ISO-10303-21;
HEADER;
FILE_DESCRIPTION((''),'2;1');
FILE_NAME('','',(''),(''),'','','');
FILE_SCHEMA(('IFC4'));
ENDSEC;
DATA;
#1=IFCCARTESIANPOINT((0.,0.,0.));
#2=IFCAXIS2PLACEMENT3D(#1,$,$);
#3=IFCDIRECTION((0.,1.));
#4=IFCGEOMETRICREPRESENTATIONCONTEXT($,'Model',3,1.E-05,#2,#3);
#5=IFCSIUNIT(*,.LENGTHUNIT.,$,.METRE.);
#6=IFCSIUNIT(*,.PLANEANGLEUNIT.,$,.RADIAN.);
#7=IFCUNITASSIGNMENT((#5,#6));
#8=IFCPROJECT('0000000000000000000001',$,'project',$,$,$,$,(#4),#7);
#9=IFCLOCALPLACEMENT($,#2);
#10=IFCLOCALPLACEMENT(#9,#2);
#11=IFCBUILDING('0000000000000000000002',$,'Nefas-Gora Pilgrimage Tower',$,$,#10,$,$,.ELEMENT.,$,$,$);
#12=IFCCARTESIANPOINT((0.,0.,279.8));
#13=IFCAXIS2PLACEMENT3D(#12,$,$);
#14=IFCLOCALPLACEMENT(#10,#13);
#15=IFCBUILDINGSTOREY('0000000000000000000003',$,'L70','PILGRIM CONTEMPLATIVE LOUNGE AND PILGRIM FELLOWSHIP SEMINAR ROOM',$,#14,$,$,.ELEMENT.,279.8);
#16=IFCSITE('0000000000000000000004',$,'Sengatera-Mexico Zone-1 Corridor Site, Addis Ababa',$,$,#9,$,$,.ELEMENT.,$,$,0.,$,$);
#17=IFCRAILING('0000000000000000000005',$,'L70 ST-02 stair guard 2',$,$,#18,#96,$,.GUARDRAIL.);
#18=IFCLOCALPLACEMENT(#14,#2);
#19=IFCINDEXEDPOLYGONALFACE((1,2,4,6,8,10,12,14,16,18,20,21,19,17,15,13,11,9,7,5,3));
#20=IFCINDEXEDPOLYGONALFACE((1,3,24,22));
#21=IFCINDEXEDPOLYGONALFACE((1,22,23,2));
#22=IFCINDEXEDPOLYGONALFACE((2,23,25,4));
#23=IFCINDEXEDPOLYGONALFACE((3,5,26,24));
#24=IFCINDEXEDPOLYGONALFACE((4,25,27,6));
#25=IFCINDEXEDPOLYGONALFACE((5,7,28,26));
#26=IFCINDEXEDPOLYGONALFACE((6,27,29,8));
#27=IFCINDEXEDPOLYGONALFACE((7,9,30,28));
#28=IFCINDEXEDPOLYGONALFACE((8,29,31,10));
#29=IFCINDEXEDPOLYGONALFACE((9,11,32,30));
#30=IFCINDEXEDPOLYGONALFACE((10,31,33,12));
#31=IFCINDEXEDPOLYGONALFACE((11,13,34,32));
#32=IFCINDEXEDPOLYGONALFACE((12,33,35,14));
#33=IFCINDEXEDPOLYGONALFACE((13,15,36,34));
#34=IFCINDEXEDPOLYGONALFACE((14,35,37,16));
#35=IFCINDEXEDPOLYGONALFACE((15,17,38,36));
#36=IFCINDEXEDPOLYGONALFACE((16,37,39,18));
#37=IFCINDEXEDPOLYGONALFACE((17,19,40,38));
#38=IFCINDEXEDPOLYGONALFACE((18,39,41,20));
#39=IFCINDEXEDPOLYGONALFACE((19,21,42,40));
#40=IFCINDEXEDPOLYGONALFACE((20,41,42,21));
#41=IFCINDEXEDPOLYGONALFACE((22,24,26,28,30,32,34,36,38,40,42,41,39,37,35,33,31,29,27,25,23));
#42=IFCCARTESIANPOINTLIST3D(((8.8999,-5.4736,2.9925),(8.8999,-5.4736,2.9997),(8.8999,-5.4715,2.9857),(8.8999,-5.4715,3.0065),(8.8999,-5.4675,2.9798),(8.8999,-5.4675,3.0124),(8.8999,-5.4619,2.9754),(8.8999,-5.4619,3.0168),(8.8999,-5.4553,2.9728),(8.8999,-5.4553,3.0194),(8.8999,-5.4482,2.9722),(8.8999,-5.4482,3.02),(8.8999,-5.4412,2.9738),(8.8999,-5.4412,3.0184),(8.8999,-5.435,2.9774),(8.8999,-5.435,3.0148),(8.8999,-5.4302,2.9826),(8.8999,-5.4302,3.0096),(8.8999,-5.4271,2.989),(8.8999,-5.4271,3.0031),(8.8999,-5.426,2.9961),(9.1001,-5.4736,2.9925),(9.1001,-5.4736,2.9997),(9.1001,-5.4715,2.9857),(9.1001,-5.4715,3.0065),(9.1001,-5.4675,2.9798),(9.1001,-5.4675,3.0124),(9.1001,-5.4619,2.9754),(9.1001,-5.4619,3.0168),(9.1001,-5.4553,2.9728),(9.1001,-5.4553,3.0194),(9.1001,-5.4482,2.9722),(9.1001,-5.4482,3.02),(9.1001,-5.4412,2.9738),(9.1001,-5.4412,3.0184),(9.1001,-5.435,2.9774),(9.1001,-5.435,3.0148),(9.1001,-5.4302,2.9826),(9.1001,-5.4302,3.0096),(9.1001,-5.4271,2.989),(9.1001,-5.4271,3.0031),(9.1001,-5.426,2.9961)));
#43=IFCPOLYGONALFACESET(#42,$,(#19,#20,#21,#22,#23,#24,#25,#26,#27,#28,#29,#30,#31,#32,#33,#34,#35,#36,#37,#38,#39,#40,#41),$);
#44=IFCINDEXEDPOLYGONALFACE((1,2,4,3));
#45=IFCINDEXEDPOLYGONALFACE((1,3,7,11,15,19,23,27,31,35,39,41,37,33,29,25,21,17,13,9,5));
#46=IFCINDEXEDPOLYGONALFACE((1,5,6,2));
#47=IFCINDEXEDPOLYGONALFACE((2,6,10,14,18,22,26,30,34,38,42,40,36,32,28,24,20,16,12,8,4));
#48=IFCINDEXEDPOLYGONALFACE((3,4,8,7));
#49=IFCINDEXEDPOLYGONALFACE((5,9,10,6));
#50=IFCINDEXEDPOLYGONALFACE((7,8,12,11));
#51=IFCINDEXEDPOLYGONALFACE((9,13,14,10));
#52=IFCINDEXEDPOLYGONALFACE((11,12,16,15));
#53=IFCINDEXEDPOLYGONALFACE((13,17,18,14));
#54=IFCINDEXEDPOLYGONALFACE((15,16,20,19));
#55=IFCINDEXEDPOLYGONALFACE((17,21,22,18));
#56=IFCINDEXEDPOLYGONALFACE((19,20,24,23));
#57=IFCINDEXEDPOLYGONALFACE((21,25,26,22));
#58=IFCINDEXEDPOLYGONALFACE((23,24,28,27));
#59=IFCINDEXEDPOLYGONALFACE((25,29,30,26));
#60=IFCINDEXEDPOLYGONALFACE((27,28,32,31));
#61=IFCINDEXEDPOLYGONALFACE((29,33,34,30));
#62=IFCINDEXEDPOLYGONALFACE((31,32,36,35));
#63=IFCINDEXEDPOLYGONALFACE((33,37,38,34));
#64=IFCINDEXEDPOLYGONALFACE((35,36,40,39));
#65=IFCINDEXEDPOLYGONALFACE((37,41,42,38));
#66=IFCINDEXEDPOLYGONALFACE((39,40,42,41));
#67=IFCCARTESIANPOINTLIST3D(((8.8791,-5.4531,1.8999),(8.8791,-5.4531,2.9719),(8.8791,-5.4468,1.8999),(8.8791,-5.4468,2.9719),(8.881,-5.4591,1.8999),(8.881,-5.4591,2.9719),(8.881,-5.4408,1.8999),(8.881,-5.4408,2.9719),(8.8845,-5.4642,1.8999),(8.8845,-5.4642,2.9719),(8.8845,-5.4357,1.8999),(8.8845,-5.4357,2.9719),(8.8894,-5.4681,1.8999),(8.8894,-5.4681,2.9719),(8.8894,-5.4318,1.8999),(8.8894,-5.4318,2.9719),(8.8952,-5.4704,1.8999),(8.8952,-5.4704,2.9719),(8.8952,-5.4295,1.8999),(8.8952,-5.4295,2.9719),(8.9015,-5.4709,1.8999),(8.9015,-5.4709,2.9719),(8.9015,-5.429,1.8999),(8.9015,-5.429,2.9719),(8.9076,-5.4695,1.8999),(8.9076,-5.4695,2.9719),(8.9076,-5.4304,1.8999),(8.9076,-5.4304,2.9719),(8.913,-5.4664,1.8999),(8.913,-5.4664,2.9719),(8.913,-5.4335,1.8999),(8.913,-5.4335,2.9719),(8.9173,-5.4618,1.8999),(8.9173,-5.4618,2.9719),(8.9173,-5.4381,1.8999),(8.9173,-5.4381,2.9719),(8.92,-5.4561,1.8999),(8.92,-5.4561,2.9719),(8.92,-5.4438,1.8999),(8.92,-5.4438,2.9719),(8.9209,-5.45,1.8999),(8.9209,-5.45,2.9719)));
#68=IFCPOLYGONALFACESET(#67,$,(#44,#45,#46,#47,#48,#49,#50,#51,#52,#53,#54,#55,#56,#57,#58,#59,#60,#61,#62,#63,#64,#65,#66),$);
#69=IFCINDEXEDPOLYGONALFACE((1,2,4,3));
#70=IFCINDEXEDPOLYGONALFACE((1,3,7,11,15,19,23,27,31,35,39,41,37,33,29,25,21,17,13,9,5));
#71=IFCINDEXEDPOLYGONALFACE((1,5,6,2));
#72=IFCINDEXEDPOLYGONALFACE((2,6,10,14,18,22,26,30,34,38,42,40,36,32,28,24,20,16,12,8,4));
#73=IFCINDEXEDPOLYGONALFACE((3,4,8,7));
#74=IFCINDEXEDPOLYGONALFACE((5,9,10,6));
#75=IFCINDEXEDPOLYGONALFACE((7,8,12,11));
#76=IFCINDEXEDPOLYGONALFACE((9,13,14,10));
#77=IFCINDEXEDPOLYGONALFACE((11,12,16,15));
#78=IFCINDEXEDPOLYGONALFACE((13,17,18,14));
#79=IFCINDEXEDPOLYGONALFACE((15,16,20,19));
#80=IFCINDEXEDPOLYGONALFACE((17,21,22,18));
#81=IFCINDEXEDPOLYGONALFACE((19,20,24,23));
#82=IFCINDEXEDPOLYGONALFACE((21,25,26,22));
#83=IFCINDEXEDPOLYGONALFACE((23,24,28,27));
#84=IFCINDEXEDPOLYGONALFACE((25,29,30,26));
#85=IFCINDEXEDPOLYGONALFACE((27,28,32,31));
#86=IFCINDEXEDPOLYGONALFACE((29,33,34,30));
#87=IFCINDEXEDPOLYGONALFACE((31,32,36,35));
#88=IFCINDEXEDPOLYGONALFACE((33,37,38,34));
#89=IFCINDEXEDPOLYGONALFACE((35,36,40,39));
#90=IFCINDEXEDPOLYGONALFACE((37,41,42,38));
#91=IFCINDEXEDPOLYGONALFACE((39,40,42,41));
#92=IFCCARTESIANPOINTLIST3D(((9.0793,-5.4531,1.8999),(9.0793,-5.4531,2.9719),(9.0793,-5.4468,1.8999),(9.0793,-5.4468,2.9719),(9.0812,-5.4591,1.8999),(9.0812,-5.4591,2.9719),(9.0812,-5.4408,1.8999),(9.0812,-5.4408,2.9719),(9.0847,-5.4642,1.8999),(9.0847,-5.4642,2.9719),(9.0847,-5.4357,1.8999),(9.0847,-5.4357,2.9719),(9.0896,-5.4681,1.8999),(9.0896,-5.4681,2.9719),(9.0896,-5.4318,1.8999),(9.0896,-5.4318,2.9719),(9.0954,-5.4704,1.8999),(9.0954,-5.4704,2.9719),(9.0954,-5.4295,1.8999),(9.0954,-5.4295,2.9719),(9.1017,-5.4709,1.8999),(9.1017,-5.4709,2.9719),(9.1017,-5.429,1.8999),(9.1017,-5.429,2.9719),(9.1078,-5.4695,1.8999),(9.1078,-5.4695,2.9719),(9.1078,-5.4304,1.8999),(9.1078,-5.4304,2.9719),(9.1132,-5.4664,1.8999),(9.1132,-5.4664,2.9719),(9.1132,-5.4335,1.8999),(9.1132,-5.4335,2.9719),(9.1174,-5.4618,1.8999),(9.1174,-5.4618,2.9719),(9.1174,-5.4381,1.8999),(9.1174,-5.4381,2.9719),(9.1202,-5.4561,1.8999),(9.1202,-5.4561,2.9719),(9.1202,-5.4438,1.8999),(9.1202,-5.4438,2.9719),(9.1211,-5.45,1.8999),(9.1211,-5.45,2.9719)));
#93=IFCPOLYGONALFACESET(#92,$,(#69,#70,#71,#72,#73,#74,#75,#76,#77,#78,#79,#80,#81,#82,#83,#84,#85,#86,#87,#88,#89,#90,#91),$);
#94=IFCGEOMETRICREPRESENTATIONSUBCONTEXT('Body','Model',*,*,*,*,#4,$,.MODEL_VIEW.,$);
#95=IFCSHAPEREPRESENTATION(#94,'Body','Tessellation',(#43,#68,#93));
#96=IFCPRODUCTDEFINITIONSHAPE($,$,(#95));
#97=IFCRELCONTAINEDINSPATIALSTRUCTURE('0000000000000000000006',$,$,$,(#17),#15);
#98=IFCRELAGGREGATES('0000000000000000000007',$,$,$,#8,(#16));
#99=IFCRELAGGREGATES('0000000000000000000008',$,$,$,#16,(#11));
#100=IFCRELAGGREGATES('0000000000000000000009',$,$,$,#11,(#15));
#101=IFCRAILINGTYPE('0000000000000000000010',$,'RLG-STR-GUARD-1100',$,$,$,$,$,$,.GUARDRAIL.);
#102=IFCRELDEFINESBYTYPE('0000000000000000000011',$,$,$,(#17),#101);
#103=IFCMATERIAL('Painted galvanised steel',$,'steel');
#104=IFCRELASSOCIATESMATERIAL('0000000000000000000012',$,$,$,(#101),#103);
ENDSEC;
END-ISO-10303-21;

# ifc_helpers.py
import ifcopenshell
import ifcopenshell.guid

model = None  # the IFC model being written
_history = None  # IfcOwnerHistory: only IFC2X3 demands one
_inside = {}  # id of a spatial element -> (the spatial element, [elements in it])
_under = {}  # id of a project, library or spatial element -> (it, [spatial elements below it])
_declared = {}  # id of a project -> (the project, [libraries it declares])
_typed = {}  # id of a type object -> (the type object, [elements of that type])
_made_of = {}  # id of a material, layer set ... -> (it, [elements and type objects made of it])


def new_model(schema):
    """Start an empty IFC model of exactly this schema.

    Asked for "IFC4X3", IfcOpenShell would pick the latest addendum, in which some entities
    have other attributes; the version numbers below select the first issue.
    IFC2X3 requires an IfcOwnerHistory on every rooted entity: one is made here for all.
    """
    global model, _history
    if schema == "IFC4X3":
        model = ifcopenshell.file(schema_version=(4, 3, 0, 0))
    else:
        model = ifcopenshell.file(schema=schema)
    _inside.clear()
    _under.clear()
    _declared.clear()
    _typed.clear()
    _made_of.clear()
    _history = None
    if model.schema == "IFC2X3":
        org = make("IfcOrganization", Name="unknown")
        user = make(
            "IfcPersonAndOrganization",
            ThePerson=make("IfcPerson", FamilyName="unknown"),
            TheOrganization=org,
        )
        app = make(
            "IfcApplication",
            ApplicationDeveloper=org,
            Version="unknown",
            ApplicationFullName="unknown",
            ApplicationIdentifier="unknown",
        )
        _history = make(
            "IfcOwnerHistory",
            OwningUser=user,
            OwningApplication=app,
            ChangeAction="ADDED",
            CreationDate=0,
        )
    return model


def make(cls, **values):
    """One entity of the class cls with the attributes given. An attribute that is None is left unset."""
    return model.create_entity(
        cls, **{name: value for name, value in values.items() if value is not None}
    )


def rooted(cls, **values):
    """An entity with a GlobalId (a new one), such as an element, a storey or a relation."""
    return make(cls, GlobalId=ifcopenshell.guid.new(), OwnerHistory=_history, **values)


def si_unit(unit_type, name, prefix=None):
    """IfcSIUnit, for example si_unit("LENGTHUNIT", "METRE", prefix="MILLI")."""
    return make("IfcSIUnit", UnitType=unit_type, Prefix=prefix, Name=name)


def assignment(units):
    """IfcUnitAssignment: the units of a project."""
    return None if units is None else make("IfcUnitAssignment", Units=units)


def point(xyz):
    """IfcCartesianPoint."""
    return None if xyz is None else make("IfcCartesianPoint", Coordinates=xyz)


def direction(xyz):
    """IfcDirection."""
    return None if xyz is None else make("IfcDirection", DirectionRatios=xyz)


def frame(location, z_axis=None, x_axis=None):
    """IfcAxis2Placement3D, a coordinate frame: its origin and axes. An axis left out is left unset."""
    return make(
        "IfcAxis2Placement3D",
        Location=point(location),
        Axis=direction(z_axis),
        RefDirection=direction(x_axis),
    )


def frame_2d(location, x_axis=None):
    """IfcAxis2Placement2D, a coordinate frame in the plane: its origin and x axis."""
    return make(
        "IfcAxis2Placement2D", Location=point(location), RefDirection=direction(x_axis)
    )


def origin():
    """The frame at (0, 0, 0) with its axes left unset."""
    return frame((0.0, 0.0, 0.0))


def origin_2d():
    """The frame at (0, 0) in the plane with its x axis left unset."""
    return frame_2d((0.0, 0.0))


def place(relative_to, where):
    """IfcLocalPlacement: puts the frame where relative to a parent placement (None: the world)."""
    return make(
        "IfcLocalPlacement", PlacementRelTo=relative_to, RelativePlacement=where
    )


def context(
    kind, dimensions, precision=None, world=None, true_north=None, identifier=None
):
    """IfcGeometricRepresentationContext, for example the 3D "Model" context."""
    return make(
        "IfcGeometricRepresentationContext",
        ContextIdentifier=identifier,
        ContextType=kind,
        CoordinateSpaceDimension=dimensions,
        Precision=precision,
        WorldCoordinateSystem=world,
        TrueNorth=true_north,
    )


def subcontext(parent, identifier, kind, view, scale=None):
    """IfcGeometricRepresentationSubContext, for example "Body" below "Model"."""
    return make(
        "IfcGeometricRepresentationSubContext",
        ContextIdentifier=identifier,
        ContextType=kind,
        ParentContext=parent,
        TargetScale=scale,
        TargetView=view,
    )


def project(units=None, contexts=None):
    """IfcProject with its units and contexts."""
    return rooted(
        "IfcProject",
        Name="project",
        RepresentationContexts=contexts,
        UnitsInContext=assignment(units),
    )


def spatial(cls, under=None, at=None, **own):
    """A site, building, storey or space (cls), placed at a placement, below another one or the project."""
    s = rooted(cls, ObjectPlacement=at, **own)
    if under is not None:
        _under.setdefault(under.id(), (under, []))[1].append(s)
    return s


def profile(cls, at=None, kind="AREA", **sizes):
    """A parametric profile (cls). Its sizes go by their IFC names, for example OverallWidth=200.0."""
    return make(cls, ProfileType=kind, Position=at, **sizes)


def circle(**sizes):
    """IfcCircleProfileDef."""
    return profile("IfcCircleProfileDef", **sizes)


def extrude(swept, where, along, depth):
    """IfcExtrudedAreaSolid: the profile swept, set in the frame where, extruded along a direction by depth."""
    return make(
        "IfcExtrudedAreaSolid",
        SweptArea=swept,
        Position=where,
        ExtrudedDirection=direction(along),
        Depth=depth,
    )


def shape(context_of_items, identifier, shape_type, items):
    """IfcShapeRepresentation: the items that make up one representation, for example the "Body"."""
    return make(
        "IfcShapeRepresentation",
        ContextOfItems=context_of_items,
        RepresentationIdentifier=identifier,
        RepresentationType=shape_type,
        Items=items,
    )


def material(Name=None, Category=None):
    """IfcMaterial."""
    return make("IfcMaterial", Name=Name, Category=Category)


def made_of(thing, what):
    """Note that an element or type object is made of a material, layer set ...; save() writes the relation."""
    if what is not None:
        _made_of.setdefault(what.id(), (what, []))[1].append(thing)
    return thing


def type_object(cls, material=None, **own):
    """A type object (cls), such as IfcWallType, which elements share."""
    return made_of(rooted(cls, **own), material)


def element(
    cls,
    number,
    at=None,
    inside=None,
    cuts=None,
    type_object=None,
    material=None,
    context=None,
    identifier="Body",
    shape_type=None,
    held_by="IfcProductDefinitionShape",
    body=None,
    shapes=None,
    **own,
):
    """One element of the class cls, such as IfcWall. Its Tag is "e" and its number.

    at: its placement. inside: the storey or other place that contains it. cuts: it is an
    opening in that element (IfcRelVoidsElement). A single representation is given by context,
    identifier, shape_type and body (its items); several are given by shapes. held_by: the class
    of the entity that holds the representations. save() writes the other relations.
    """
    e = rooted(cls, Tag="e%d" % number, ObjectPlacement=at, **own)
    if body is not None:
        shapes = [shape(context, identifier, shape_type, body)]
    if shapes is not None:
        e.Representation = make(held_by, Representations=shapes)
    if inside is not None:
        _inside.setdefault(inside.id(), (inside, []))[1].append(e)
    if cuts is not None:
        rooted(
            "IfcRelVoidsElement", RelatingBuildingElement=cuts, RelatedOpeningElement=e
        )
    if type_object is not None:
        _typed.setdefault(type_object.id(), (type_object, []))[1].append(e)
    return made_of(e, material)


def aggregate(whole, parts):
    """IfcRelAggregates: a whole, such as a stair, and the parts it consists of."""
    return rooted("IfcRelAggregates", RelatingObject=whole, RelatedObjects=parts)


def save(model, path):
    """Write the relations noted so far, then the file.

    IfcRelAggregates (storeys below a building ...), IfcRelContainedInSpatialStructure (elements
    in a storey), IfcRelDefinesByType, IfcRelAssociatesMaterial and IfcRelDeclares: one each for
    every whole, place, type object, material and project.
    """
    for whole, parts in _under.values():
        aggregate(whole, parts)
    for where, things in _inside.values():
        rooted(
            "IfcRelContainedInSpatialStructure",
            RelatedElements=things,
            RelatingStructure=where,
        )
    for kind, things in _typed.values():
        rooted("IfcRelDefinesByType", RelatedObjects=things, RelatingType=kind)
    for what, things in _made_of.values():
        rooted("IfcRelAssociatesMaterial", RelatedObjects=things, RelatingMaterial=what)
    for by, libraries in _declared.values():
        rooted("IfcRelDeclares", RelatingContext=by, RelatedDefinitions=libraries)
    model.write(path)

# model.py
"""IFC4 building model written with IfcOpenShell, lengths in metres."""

from ifc_helpers import new_model, si_unit, direction, frame, origin, origin_2d, place, context, subcontext, project, spatial, circle, extrude, material, type_object, element, save


model = new_model("IFC4")

# Units and contexts
model_context = context("Model", 3, precision=1e-05, world=origin(), true_north=direction((0.0, 1.0)))
body_context = subcontext(model_context, "Body", "Model", "MODEL_VIEW")
ifc_project = project(units=[si_unit("LENGTHUNIT", "METRE"), si_unit("PLANEANGLEUNIT", "RADIAN")], contexts=[model_context])

# Site, building, storey
site_placement = place(None, origin())
site = spatial("IfcSite", under=ifc_project, at=site_placement, Name="Sengatera-Mexico Zone-1 Corridor Site, Addis Ababa", CompositionType="ELEMENT", RefElevation=0.0)
building_placement = place(site_placement, origin())
building = spatial("IfcBuilding", under=site, at=building_placement, Name="Nefas-Gora Pilgrimage Tower", CompositionType="ELEMENT")
storey_placement = place(building_placement, frame((0.0, 0.0, 279.8)))
storey = spatial("IfcBuildingStorey", under=building, at=storey_placement, Name="L70", Description="PILGRIM CONTEMPLATIVE LOUNGE AND PILGRIM FELLOWSHIP SEMINAR ROOM", CompositionType="ELEMENT", Elevation=279.8)

# Railing
ifc_material_1 = material(Name="Painted galvanised steel", Category="steel")
railing_type_1 = type_object("IfcRailingType", Name="RLG-STR-GUARD-1100", PredefinedType="GUARDRAIL", material=ifc_material_1)
railing_1_placement = place(storey_placement, frame((8.8999, -5.45, 1.8999)))
element("IfcRailing", 1, at=railing_1_placement, inside=storey, type_object=railing_type_1, Name="L70 ST-02 stair guard 2", PredefinedType="GUARDRAIL", context=body_context, shape_type="SweptSolid", body=[
    extrude(circle(Radius=0.0239, at=origin_2d()), frame((0.0, 0.0, 1.0962), z_axis=(1.0, 0.0, 0.0), x_axis=(0.0, 1.0, 0.0)), (0.0, 0.0, 1.0), 0.2002),
    extrude(circle(Radius=0.021, at=origin_2d()), origin(), (0.0, 0.0, 1.0), 1.072),
    extrude(circle(Radius=0.021, at=origin_2d()), frame((0.2002, 0.0, 0.0)), (0.0, 0.0, 1.0), 1.072),
])

save(model, "model.ifc")
